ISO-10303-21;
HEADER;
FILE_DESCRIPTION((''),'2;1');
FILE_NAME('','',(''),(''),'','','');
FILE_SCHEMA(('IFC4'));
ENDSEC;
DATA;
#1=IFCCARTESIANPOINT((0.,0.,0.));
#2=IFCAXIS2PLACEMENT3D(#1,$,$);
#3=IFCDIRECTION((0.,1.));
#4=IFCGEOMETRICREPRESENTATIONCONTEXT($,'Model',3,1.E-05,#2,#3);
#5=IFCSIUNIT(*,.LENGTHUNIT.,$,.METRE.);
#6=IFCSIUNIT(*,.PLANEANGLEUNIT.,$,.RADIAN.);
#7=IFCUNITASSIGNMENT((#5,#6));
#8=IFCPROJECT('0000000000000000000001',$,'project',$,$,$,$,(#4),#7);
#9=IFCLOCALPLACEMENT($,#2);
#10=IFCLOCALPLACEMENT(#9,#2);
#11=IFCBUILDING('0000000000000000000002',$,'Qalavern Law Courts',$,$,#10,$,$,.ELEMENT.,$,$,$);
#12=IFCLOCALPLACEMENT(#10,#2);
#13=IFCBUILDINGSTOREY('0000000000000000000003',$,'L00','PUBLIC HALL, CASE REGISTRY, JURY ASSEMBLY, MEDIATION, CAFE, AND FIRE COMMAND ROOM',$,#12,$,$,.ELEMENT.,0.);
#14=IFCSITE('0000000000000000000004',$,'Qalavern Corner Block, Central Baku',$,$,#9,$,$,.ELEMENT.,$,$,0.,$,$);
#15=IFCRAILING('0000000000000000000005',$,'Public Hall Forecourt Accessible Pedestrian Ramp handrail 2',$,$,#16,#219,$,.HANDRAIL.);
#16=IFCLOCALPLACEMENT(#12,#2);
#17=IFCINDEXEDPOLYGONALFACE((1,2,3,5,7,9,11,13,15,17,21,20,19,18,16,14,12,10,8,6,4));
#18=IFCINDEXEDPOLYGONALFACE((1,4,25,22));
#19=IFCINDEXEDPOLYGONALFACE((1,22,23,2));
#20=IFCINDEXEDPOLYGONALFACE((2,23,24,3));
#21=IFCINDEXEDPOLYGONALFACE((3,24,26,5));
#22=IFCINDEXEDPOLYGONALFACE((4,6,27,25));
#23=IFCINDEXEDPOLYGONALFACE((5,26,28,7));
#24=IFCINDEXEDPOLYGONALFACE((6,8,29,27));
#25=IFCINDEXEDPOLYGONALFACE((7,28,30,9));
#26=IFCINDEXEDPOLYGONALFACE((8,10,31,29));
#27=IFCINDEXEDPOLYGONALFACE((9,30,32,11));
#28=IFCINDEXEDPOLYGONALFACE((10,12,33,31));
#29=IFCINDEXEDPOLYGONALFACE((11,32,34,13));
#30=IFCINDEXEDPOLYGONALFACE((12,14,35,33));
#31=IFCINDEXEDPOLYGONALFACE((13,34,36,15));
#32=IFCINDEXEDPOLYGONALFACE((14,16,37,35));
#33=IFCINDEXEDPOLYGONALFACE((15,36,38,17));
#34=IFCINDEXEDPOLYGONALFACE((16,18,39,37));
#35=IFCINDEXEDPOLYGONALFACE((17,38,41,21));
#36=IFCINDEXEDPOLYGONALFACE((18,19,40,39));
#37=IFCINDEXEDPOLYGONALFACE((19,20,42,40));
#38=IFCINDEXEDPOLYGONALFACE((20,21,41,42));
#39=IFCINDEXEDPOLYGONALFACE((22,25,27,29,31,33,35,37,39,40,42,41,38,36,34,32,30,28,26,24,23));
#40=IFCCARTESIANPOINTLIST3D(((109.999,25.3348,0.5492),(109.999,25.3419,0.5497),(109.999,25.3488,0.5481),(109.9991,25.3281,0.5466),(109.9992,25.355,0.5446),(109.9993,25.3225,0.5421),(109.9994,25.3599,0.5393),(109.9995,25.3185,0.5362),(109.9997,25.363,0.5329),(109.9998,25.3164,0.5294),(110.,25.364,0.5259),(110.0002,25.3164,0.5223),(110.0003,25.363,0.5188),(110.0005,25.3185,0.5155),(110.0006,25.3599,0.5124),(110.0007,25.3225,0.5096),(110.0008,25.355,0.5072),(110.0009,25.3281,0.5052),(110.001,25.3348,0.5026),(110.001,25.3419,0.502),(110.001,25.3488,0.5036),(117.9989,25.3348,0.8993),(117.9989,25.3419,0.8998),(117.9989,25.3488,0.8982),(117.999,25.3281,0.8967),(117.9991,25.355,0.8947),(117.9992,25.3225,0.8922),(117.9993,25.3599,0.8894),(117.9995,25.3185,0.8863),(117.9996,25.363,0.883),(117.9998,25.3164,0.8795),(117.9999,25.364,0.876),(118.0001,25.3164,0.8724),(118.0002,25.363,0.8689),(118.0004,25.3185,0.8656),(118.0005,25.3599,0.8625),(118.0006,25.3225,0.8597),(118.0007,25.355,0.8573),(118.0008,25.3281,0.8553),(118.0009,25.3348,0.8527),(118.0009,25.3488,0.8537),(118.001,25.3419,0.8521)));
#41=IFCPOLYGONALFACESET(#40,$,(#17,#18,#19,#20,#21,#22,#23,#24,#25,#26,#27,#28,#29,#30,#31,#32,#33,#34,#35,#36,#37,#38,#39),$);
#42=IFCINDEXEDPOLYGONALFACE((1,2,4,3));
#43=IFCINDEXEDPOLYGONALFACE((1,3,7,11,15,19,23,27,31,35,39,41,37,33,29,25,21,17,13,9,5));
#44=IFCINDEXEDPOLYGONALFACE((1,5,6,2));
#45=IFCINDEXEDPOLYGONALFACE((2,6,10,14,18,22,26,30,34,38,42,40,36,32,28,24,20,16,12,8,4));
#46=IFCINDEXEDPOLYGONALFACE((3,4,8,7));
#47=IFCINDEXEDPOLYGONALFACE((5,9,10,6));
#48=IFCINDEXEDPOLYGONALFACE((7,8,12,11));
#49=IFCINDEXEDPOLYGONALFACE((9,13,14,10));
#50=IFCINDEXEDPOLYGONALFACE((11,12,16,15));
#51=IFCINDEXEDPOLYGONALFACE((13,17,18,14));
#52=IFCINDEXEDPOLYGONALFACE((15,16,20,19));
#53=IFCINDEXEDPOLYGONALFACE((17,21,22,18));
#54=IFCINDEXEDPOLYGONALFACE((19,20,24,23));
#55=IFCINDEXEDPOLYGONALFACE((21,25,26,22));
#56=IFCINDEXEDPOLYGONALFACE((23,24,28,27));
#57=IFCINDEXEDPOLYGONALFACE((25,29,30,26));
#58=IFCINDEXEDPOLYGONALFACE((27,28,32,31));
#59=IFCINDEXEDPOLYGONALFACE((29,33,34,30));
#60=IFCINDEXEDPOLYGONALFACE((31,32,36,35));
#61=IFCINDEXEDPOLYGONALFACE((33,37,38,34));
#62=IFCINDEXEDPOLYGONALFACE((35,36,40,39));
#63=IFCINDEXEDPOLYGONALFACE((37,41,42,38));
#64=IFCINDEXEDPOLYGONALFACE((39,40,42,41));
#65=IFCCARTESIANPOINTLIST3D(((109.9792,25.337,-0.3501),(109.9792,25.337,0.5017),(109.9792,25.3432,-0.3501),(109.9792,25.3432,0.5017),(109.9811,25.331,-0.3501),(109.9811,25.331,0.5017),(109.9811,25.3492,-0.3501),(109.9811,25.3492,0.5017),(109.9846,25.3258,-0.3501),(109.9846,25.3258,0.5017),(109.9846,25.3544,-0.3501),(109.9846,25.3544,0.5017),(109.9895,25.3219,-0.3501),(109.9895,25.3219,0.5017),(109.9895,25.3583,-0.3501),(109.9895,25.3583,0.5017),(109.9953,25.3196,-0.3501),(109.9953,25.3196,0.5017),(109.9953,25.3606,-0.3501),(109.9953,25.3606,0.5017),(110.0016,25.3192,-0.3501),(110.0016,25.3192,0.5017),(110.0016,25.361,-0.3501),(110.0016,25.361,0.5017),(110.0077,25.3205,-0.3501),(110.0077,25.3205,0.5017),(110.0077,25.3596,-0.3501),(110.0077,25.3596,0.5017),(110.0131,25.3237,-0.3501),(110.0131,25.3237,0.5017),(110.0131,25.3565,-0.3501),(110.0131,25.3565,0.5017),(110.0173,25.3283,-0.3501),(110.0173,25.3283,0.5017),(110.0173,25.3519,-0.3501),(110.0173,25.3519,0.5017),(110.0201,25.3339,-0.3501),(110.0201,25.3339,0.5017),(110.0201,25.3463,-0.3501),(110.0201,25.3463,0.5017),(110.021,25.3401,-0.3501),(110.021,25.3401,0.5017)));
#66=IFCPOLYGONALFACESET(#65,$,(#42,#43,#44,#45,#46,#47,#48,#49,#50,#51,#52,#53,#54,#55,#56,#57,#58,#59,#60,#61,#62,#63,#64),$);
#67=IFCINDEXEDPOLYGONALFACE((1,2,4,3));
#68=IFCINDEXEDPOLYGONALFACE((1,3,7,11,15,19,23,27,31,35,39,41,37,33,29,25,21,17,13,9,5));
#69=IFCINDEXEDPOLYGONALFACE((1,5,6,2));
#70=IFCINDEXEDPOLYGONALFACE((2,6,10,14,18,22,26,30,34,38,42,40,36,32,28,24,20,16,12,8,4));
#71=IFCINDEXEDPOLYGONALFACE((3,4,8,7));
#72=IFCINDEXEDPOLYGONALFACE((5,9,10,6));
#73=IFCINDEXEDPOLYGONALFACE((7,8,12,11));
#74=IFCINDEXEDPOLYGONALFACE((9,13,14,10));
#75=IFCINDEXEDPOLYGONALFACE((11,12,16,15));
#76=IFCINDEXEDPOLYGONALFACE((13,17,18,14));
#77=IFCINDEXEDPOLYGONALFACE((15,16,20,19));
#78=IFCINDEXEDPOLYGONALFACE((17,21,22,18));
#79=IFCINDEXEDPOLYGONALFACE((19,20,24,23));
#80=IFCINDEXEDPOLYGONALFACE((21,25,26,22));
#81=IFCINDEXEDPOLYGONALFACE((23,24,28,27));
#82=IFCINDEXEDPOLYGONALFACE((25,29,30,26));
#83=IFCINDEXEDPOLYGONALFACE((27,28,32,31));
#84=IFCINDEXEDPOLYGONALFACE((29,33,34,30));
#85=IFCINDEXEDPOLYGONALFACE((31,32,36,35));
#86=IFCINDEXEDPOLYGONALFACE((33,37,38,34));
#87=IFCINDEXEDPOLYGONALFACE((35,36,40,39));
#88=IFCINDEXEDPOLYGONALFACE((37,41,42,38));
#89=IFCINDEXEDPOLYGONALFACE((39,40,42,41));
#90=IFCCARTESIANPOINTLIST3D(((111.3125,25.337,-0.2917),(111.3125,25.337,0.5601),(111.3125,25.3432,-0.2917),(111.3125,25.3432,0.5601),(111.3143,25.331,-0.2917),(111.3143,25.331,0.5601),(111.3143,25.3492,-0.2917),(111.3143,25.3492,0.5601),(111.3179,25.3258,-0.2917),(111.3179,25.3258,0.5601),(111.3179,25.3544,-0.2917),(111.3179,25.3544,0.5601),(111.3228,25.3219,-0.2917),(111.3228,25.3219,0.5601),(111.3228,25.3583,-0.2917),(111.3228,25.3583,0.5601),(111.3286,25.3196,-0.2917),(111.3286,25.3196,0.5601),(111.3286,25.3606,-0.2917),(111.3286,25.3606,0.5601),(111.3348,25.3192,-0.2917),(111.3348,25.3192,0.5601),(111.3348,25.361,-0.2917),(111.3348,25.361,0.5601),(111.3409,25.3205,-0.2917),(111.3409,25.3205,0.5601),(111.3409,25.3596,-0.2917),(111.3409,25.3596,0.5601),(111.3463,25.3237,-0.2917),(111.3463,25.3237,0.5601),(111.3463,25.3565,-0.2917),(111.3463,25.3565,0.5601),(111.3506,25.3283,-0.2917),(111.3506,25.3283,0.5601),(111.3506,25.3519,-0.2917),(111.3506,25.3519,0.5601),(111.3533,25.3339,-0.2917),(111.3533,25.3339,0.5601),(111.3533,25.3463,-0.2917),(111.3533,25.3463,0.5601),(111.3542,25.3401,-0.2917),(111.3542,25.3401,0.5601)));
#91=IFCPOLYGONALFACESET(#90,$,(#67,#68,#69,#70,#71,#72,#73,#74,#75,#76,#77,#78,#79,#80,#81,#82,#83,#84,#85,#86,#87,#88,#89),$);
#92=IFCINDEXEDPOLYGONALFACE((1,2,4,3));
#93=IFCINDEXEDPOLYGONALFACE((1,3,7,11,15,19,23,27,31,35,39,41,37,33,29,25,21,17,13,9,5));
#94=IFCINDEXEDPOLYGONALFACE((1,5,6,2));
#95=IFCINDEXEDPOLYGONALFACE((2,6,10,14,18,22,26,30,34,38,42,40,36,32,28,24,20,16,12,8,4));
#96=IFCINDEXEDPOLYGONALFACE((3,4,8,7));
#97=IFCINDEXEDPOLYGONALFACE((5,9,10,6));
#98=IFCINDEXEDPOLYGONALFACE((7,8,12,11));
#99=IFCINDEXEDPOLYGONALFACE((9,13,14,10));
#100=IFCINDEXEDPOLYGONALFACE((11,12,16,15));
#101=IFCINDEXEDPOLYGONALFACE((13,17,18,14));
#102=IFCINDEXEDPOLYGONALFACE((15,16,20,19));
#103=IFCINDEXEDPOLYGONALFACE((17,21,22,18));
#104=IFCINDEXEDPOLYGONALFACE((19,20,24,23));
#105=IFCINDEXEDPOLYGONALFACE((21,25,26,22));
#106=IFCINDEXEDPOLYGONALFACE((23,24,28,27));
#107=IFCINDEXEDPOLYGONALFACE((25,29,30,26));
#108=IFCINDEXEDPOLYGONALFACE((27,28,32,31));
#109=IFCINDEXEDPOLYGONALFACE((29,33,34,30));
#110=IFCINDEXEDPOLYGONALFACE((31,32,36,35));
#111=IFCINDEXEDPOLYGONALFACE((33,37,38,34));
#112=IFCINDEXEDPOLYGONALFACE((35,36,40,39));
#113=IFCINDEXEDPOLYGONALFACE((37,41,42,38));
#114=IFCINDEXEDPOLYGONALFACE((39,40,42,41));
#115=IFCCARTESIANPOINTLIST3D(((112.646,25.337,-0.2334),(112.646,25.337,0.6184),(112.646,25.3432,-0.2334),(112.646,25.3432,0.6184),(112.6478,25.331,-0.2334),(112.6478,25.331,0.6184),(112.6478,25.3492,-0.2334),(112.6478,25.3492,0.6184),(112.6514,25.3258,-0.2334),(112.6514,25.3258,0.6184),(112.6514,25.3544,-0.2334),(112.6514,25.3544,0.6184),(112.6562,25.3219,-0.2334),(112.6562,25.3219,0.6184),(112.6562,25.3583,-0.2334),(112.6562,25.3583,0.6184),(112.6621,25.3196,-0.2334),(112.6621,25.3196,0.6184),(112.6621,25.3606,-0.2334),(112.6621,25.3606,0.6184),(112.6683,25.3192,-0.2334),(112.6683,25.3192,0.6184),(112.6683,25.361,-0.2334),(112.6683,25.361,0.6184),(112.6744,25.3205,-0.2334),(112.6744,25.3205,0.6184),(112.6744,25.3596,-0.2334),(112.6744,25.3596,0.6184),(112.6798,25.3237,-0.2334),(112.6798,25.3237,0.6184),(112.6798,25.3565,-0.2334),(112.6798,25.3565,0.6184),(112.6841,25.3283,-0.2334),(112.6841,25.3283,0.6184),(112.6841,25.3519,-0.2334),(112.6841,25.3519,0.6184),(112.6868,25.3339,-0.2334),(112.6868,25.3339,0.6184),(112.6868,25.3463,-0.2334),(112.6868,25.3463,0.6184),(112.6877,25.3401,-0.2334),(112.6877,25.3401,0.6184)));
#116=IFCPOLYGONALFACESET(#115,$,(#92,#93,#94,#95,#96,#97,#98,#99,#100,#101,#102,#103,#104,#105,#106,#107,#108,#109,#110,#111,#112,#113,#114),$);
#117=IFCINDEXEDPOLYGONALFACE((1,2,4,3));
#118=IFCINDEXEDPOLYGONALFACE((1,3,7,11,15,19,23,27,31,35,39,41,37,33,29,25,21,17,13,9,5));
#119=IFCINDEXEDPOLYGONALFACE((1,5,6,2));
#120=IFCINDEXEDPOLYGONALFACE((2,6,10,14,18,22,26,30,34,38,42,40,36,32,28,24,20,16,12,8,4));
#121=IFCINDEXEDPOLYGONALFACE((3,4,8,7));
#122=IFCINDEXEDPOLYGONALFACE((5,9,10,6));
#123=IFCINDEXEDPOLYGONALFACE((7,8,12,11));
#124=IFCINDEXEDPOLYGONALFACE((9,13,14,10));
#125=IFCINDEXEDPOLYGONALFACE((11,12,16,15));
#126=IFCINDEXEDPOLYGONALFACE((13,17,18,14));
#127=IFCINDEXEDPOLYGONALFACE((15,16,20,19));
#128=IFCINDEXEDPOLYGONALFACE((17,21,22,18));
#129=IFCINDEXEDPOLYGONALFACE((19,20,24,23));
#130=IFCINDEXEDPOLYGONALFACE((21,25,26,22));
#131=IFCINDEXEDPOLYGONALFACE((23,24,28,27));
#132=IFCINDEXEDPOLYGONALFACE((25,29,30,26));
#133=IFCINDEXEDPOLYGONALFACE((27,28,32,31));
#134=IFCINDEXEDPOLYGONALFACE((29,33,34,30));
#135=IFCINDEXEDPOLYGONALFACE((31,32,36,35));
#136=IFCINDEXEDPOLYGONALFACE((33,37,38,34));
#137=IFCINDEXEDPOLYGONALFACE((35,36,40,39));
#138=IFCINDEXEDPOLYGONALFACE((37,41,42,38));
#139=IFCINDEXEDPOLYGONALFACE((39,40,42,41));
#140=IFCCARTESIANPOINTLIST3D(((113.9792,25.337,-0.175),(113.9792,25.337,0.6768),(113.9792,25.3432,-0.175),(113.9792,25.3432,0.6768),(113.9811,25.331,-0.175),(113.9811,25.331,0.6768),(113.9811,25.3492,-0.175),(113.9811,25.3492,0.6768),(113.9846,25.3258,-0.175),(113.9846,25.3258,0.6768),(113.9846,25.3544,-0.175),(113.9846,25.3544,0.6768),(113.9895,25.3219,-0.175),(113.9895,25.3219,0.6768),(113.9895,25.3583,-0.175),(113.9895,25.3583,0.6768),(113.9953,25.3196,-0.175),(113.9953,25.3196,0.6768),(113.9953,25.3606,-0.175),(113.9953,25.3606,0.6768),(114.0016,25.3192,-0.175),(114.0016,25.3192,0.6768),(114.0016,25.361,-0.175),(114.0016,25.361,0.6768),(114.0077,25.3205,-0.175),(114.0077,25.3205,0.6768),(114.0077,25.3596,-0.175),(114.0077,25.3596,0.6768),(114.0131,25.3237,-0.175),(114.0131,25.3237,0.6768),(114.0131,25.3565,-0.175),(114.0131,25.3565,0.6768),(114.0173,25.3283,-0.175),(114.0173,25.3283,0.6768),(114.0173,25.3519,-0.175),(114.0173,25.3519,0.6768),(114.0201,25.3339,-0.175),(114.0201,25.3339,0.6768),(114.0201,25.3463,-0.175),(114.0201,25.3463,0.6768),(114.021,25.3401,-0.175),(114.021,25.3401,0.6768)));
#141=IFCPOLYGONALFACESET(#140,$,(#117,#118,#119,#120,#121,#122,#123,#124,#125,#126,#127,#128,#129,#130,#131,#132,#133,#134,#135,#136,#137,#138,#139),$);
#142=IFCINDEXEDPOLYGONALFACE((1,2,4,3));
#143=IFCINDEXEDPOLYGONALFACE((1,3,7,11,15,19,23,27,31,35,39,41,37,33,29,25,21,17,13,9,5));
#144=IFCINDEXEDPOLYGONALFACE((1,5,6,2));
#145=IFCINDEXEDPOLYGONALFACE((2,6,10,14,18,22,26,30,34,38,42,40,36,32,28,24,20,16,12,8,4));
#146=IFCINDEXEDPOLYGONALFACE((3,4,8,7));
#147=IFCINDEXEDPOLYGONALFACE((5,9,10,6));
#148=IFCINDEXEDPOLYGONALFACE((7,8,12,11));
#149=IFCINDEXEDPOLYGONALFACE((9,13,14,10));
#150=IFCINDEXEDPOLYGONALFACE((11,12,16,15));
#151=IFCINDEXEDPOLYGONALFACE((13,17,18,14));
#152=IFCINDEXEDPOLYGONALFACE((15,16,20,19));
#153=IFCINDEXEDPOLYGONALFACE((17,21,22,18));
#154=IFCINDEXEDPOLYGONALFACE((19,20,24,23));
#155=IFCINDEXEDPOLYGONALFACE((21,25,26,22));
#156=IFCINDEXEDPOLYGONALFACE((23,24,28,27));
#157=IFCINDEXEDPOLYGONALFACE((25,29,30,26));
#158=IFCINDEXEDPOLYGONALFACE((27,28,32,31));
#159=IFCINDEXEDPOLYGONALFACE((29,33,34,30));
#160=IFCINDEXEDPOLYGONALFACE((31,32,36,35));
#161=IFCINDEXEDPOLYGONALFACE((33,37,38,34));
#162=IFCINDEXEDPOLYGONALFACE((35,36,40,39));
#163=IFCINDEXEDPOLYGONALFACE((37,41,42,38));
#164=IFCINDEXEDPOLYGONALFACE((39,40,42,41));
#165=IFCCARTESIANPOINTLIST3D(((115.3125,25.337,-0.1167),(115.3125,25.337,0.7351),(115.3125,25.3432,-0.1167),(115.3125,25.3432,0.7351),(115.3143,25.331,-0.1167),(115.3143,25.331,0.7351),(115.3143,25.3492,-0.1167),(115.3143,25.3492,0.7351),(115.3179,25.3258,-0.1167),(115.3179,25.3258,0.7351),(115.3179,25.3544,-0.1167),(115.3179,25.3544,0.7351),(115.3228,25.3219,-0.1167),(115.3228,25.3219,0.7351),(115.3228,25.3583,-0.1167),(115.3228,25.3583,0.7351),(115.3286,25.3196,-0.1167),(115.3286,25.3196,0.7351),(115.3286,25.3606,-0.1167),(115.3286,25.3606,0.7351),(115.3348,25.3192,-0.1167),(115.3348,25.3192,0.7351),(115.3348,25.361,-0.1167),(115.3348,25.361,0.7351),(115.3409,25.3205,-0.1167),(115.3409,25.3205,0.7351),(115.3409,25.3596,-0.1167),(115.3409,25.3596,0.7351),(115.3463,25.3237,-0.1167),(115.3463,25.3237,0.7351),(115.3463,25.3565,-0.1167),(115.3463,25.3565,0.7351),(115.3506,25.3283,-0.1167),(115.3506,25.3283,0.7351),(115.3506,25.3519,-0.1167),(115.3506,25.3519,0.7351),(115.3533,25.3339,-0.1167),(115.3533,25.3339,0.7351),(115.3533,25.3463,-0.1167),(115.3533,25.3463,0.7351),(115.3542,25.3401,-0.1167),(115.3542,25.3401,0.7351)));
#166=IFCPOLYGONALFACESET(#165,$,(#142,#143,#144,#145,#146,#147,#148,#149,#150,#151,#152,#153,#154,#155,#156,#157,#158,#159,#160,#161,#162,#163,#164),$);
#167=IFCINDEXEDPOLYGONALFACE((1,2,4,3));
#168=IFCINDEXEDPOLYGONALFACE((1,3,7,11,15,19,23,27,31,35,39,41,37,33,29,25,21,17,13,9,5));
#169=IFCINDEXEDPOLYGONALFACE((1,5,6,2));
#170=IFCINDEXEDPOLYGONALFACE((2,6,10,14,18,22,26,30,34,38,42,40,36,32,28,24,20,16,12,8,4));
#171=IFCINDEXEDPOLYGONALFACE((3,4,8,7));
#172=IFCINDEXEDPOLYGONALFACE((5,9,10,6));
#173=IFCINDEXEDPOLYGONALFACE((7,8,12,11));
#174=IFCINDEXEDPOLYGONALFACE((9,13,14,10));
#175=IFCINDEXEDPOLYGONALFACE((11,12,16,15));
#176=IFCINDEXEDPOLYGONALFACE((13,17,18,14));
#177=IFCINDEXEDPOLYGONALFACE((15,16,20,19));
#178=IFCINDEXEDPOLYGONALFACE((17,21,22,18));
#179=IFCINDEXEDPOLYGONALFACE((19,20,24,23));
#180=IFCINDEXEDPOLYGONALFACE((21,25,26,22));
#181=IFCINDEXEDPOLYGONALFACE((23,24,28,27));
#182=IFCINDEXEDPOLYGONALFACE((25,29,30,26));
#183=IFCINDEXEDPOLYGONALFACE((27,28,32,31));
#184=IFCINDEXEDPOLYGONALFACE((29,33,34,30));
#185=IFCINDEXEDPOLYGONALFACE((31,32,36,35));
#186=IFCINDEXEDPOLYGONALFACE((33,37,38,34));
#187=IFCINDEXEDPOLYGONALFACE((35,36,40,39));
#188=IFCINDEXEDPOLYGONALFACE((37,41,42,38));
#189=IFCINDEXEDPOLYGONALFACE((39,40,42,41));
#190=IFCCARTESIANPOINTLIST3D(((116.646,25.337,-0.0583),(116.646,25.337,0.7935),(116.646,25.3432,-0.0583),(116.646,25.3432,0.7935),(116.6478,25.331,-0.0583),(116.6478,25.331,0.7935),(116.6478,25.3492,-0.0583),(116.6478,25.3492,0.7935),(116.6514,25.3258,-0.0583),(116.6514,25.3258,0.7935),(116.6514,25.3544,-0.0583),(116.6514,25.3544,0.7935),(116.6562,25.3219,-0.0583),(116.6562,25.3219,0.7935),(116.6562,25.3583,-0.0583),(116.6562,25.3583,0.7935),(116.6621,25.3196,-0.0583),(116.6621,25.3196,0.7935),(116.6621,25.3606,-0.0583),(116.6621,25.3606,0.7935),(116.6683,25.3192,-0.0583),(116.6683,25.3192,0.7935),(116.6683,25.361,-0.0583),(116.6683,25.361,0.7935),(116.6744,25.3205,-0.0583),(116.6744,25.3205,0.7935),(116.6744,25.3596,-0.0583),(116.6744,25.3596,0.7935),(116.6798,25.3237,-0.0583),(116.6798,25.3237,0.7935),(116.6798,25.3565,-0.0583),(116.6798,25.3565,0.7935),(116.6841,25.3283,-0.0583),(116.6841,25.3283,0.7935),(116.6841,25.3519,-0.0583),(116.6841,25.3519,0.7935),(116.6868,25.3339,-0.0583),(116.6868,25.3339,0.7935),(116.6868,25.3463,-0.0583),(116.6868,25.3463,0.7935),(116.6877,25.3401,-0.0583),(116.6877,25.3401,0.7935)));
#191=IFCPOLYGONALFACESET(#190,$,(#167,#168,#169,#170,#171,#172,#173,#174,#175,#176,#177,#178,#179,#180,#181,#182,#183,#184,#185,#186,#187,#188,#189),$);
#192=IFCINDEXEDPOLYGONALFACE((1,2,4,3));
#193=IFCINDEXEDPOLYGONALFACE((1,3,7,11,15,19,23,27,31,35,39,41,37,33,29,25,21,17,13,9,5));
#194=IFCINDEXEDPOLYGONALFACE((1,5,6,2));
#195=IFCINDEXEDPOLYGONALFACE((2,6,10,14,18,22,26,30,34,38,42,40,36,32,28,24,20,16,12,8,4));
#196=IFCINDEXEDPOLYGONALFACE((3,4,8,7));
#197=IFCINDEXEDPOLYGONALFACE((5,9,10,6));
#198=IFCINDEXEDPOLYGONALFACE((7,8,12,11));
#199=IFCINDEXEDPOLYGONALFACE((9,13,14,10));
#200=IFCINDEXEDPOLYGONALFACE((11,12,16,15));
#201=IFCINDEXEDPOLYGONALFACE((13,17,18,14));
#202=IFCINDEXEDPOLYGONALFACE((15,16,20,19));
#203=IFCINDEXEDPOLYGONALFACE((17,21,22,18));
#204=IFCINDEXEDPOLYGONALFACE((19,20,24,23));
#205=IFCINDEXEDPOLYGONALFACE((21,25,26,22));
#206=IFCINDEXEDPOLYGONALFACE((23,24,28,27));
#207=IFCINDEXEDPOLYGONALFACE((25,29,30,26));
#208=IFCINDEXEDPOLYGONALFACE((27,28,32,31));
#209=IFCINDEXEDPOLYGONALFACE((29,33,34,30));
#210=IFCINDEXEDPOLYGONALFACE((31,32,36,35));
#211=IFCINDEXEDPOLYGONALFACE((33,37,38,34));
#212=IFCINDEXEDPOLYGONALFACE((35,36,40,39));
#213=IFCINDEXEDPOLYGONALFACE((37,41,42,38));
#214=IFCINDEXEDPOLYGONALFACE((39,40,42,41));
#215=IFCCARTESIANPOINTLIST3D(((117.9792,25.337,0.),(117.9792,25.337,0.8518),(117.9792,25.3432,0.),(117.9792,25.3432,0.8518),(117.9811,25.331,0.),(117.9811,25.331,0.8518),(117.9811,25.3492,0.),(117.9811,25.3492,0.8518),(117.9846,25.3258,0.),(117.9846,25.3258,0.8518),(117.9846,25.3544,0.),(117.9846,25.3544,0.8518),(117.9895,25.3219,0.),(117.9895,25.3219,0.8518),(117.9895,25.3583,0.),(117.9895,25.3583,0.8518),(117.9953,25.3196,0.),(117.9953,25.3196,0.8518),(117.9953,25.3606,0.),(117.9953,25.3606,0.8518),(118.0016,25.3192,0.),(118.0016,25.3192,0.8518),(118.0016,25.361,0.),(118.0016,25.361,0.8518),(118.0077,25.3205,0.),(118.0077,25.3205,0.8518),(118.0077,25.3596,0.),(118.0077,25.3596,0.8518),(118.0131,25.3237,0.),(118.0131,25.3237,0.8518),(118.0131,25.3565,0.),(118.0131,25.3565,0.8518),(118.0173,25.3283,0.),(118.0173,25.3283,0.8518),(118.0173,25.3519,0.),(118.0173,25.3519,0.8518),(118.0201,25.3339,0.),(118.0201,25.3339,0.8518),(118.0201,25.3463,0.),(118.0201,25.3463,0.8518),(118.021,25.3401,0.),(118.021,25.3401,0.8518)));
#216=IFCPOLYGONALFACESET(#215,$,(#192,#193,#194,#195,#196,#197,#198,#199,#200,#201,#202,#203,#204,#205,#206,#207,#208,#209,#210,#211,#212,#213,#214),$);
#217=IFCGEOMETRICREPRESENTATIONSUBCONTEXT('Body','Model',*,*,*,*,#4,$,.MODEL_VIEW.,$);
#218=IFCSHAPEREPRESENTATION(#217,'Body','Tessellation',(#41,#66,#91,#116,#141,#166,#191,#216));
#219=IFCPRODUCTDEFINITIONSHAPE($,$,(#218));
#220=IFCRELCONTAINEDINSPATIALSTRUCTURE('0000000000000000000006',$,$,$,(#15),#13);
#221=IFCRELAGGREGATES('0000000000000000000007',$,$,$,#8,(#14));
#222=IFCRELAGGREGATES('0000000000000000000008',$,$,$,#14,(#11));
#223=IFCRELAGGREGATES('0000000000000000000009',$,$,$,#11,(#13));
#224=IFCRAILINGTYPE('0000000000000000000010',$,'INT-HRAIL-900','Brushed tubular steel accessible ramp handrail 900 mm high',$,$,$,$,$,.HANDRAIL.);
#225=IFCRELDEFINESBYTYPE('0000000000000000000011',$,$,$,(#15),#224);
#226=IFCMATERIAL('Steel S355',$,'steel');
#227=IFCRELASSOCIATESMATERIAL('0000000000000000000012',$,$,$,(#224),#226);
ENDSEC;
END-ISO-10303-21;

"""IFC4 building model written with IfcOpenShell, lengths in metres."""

from ifc_helpers import new_model, si_unit, direction, frame, origin, origin_2d, place, context, subcontext, project, spatial, circle, extrude, material, type_object, element, save


model = new_model("IFC4")

# Units and contexts
model_context = context("Model", 3, precision=1e-05, world=origin(), true_north=direction((0.0, 1.0)))
body_context = subcontext(model_context, "Body", "Model", "MODEL_VIEW")
ifc_project = project(units=[si_unit("LENGTHUNIT", "METRE"), si_unit("PLANEANGLEUNIT", "RADIAN")], contexts=[model_context])

# Site, building, storey
site_placement = place(None, origin())
site = spatial("IfcSite", under=ifc_project, at=site_placement, Name="Qalavern Corner Block, Central Baku", CompositionType="ELEMENT", RefElevation=0.0)
building_placement = place(site_placement, origin())
building = spatial("IfcBuilding", under=site, at=building_placement, Name="Qalavern Law Courts", CompositionType="ELEMENT")
storey_placement = place(building_placement, origin())
storey = spatial("IfcBuildingStorey", under=building, at=storey_placement, Name="L00", Description="PUBLIC HALL, CASE REGISTRY, JURY ASSEMBLY, MEDIATION, CAFE, AND FIRE COMMAND ROOM", CompositionType="ELEMENT", Elevation=0.0)

# Railing
ifc_material_1 = material(Name="Steel S355", Category="steel")
railing_type = type_object("IfcRailingType", Name="INT-HRAIL-900", Description="Brushed tubular steel accessible ramp handrail 900 mm high", PredefinedType="HANDRAIL", material=ifc_material_1)
for number, where, name in (
    (1, (110.0, 25.3401, -0.3501), "Public Hall Forecourt Accessible Pedestrian Ramp handrail 2"),
):
    element("IfcRailing", number, at=place(storey_placement, frame(where)), inside=storey, type_object=railing_type, Name=name, PredefinedType="HANDRAIL", context=body_context, shape_type="SweptSolid", body=[
        extrude(circle(Radius=0.0239, at=origin_2d()), frame((0.0, 0.0, 0.876), z_axis=(0.999044, 0.0, 0.04372), x_axis=(0.0, 1.0, 0.0)), (0.0, 0.0, 1.0), 8.0076),
        extrude(circle(Radius=0.021, at=origin_2d()), origin(), (0.0, 0.0, 1.0), 0.8518),
        extrude(circle(Radius=0.021, at=origin_2d()), frame((1.3333, 0.0, 0.0583)), (0.0, 0.0, 1.0), 0.8518),
        extrude(circle(Radius=0.021, at=origin_2d()), frame((2.6667, 0.0, 0.1167)), (0.0, 0.0, 1.0), 0.8518),
        extrude(circle(Radius=0.021, at=origin_2d()), frame((4.0, 0.0, 0.175)), (0.0, 0.0, 1.0), 0.8518),
        extrude(circle(Radius=0.021, at=origin_2d()), frame((5.3333, 0.0, 0.2334)), (0.0, 0.0, 1.0), 0.8518),
        extrude(circle(Radius=0.021, at=origin_2d()), frame((6.6667, 0.0, 0.2917)), (0.0, 0.0, 1.0), 0.8518),
        extrude(circle(Radius=0.021, at=origin_2d()), frame((8.0, 0.0, 0.3501)), (0.0, 0.0, 1.0), 0.8518),
    ])

save(model, "model.ifc")
